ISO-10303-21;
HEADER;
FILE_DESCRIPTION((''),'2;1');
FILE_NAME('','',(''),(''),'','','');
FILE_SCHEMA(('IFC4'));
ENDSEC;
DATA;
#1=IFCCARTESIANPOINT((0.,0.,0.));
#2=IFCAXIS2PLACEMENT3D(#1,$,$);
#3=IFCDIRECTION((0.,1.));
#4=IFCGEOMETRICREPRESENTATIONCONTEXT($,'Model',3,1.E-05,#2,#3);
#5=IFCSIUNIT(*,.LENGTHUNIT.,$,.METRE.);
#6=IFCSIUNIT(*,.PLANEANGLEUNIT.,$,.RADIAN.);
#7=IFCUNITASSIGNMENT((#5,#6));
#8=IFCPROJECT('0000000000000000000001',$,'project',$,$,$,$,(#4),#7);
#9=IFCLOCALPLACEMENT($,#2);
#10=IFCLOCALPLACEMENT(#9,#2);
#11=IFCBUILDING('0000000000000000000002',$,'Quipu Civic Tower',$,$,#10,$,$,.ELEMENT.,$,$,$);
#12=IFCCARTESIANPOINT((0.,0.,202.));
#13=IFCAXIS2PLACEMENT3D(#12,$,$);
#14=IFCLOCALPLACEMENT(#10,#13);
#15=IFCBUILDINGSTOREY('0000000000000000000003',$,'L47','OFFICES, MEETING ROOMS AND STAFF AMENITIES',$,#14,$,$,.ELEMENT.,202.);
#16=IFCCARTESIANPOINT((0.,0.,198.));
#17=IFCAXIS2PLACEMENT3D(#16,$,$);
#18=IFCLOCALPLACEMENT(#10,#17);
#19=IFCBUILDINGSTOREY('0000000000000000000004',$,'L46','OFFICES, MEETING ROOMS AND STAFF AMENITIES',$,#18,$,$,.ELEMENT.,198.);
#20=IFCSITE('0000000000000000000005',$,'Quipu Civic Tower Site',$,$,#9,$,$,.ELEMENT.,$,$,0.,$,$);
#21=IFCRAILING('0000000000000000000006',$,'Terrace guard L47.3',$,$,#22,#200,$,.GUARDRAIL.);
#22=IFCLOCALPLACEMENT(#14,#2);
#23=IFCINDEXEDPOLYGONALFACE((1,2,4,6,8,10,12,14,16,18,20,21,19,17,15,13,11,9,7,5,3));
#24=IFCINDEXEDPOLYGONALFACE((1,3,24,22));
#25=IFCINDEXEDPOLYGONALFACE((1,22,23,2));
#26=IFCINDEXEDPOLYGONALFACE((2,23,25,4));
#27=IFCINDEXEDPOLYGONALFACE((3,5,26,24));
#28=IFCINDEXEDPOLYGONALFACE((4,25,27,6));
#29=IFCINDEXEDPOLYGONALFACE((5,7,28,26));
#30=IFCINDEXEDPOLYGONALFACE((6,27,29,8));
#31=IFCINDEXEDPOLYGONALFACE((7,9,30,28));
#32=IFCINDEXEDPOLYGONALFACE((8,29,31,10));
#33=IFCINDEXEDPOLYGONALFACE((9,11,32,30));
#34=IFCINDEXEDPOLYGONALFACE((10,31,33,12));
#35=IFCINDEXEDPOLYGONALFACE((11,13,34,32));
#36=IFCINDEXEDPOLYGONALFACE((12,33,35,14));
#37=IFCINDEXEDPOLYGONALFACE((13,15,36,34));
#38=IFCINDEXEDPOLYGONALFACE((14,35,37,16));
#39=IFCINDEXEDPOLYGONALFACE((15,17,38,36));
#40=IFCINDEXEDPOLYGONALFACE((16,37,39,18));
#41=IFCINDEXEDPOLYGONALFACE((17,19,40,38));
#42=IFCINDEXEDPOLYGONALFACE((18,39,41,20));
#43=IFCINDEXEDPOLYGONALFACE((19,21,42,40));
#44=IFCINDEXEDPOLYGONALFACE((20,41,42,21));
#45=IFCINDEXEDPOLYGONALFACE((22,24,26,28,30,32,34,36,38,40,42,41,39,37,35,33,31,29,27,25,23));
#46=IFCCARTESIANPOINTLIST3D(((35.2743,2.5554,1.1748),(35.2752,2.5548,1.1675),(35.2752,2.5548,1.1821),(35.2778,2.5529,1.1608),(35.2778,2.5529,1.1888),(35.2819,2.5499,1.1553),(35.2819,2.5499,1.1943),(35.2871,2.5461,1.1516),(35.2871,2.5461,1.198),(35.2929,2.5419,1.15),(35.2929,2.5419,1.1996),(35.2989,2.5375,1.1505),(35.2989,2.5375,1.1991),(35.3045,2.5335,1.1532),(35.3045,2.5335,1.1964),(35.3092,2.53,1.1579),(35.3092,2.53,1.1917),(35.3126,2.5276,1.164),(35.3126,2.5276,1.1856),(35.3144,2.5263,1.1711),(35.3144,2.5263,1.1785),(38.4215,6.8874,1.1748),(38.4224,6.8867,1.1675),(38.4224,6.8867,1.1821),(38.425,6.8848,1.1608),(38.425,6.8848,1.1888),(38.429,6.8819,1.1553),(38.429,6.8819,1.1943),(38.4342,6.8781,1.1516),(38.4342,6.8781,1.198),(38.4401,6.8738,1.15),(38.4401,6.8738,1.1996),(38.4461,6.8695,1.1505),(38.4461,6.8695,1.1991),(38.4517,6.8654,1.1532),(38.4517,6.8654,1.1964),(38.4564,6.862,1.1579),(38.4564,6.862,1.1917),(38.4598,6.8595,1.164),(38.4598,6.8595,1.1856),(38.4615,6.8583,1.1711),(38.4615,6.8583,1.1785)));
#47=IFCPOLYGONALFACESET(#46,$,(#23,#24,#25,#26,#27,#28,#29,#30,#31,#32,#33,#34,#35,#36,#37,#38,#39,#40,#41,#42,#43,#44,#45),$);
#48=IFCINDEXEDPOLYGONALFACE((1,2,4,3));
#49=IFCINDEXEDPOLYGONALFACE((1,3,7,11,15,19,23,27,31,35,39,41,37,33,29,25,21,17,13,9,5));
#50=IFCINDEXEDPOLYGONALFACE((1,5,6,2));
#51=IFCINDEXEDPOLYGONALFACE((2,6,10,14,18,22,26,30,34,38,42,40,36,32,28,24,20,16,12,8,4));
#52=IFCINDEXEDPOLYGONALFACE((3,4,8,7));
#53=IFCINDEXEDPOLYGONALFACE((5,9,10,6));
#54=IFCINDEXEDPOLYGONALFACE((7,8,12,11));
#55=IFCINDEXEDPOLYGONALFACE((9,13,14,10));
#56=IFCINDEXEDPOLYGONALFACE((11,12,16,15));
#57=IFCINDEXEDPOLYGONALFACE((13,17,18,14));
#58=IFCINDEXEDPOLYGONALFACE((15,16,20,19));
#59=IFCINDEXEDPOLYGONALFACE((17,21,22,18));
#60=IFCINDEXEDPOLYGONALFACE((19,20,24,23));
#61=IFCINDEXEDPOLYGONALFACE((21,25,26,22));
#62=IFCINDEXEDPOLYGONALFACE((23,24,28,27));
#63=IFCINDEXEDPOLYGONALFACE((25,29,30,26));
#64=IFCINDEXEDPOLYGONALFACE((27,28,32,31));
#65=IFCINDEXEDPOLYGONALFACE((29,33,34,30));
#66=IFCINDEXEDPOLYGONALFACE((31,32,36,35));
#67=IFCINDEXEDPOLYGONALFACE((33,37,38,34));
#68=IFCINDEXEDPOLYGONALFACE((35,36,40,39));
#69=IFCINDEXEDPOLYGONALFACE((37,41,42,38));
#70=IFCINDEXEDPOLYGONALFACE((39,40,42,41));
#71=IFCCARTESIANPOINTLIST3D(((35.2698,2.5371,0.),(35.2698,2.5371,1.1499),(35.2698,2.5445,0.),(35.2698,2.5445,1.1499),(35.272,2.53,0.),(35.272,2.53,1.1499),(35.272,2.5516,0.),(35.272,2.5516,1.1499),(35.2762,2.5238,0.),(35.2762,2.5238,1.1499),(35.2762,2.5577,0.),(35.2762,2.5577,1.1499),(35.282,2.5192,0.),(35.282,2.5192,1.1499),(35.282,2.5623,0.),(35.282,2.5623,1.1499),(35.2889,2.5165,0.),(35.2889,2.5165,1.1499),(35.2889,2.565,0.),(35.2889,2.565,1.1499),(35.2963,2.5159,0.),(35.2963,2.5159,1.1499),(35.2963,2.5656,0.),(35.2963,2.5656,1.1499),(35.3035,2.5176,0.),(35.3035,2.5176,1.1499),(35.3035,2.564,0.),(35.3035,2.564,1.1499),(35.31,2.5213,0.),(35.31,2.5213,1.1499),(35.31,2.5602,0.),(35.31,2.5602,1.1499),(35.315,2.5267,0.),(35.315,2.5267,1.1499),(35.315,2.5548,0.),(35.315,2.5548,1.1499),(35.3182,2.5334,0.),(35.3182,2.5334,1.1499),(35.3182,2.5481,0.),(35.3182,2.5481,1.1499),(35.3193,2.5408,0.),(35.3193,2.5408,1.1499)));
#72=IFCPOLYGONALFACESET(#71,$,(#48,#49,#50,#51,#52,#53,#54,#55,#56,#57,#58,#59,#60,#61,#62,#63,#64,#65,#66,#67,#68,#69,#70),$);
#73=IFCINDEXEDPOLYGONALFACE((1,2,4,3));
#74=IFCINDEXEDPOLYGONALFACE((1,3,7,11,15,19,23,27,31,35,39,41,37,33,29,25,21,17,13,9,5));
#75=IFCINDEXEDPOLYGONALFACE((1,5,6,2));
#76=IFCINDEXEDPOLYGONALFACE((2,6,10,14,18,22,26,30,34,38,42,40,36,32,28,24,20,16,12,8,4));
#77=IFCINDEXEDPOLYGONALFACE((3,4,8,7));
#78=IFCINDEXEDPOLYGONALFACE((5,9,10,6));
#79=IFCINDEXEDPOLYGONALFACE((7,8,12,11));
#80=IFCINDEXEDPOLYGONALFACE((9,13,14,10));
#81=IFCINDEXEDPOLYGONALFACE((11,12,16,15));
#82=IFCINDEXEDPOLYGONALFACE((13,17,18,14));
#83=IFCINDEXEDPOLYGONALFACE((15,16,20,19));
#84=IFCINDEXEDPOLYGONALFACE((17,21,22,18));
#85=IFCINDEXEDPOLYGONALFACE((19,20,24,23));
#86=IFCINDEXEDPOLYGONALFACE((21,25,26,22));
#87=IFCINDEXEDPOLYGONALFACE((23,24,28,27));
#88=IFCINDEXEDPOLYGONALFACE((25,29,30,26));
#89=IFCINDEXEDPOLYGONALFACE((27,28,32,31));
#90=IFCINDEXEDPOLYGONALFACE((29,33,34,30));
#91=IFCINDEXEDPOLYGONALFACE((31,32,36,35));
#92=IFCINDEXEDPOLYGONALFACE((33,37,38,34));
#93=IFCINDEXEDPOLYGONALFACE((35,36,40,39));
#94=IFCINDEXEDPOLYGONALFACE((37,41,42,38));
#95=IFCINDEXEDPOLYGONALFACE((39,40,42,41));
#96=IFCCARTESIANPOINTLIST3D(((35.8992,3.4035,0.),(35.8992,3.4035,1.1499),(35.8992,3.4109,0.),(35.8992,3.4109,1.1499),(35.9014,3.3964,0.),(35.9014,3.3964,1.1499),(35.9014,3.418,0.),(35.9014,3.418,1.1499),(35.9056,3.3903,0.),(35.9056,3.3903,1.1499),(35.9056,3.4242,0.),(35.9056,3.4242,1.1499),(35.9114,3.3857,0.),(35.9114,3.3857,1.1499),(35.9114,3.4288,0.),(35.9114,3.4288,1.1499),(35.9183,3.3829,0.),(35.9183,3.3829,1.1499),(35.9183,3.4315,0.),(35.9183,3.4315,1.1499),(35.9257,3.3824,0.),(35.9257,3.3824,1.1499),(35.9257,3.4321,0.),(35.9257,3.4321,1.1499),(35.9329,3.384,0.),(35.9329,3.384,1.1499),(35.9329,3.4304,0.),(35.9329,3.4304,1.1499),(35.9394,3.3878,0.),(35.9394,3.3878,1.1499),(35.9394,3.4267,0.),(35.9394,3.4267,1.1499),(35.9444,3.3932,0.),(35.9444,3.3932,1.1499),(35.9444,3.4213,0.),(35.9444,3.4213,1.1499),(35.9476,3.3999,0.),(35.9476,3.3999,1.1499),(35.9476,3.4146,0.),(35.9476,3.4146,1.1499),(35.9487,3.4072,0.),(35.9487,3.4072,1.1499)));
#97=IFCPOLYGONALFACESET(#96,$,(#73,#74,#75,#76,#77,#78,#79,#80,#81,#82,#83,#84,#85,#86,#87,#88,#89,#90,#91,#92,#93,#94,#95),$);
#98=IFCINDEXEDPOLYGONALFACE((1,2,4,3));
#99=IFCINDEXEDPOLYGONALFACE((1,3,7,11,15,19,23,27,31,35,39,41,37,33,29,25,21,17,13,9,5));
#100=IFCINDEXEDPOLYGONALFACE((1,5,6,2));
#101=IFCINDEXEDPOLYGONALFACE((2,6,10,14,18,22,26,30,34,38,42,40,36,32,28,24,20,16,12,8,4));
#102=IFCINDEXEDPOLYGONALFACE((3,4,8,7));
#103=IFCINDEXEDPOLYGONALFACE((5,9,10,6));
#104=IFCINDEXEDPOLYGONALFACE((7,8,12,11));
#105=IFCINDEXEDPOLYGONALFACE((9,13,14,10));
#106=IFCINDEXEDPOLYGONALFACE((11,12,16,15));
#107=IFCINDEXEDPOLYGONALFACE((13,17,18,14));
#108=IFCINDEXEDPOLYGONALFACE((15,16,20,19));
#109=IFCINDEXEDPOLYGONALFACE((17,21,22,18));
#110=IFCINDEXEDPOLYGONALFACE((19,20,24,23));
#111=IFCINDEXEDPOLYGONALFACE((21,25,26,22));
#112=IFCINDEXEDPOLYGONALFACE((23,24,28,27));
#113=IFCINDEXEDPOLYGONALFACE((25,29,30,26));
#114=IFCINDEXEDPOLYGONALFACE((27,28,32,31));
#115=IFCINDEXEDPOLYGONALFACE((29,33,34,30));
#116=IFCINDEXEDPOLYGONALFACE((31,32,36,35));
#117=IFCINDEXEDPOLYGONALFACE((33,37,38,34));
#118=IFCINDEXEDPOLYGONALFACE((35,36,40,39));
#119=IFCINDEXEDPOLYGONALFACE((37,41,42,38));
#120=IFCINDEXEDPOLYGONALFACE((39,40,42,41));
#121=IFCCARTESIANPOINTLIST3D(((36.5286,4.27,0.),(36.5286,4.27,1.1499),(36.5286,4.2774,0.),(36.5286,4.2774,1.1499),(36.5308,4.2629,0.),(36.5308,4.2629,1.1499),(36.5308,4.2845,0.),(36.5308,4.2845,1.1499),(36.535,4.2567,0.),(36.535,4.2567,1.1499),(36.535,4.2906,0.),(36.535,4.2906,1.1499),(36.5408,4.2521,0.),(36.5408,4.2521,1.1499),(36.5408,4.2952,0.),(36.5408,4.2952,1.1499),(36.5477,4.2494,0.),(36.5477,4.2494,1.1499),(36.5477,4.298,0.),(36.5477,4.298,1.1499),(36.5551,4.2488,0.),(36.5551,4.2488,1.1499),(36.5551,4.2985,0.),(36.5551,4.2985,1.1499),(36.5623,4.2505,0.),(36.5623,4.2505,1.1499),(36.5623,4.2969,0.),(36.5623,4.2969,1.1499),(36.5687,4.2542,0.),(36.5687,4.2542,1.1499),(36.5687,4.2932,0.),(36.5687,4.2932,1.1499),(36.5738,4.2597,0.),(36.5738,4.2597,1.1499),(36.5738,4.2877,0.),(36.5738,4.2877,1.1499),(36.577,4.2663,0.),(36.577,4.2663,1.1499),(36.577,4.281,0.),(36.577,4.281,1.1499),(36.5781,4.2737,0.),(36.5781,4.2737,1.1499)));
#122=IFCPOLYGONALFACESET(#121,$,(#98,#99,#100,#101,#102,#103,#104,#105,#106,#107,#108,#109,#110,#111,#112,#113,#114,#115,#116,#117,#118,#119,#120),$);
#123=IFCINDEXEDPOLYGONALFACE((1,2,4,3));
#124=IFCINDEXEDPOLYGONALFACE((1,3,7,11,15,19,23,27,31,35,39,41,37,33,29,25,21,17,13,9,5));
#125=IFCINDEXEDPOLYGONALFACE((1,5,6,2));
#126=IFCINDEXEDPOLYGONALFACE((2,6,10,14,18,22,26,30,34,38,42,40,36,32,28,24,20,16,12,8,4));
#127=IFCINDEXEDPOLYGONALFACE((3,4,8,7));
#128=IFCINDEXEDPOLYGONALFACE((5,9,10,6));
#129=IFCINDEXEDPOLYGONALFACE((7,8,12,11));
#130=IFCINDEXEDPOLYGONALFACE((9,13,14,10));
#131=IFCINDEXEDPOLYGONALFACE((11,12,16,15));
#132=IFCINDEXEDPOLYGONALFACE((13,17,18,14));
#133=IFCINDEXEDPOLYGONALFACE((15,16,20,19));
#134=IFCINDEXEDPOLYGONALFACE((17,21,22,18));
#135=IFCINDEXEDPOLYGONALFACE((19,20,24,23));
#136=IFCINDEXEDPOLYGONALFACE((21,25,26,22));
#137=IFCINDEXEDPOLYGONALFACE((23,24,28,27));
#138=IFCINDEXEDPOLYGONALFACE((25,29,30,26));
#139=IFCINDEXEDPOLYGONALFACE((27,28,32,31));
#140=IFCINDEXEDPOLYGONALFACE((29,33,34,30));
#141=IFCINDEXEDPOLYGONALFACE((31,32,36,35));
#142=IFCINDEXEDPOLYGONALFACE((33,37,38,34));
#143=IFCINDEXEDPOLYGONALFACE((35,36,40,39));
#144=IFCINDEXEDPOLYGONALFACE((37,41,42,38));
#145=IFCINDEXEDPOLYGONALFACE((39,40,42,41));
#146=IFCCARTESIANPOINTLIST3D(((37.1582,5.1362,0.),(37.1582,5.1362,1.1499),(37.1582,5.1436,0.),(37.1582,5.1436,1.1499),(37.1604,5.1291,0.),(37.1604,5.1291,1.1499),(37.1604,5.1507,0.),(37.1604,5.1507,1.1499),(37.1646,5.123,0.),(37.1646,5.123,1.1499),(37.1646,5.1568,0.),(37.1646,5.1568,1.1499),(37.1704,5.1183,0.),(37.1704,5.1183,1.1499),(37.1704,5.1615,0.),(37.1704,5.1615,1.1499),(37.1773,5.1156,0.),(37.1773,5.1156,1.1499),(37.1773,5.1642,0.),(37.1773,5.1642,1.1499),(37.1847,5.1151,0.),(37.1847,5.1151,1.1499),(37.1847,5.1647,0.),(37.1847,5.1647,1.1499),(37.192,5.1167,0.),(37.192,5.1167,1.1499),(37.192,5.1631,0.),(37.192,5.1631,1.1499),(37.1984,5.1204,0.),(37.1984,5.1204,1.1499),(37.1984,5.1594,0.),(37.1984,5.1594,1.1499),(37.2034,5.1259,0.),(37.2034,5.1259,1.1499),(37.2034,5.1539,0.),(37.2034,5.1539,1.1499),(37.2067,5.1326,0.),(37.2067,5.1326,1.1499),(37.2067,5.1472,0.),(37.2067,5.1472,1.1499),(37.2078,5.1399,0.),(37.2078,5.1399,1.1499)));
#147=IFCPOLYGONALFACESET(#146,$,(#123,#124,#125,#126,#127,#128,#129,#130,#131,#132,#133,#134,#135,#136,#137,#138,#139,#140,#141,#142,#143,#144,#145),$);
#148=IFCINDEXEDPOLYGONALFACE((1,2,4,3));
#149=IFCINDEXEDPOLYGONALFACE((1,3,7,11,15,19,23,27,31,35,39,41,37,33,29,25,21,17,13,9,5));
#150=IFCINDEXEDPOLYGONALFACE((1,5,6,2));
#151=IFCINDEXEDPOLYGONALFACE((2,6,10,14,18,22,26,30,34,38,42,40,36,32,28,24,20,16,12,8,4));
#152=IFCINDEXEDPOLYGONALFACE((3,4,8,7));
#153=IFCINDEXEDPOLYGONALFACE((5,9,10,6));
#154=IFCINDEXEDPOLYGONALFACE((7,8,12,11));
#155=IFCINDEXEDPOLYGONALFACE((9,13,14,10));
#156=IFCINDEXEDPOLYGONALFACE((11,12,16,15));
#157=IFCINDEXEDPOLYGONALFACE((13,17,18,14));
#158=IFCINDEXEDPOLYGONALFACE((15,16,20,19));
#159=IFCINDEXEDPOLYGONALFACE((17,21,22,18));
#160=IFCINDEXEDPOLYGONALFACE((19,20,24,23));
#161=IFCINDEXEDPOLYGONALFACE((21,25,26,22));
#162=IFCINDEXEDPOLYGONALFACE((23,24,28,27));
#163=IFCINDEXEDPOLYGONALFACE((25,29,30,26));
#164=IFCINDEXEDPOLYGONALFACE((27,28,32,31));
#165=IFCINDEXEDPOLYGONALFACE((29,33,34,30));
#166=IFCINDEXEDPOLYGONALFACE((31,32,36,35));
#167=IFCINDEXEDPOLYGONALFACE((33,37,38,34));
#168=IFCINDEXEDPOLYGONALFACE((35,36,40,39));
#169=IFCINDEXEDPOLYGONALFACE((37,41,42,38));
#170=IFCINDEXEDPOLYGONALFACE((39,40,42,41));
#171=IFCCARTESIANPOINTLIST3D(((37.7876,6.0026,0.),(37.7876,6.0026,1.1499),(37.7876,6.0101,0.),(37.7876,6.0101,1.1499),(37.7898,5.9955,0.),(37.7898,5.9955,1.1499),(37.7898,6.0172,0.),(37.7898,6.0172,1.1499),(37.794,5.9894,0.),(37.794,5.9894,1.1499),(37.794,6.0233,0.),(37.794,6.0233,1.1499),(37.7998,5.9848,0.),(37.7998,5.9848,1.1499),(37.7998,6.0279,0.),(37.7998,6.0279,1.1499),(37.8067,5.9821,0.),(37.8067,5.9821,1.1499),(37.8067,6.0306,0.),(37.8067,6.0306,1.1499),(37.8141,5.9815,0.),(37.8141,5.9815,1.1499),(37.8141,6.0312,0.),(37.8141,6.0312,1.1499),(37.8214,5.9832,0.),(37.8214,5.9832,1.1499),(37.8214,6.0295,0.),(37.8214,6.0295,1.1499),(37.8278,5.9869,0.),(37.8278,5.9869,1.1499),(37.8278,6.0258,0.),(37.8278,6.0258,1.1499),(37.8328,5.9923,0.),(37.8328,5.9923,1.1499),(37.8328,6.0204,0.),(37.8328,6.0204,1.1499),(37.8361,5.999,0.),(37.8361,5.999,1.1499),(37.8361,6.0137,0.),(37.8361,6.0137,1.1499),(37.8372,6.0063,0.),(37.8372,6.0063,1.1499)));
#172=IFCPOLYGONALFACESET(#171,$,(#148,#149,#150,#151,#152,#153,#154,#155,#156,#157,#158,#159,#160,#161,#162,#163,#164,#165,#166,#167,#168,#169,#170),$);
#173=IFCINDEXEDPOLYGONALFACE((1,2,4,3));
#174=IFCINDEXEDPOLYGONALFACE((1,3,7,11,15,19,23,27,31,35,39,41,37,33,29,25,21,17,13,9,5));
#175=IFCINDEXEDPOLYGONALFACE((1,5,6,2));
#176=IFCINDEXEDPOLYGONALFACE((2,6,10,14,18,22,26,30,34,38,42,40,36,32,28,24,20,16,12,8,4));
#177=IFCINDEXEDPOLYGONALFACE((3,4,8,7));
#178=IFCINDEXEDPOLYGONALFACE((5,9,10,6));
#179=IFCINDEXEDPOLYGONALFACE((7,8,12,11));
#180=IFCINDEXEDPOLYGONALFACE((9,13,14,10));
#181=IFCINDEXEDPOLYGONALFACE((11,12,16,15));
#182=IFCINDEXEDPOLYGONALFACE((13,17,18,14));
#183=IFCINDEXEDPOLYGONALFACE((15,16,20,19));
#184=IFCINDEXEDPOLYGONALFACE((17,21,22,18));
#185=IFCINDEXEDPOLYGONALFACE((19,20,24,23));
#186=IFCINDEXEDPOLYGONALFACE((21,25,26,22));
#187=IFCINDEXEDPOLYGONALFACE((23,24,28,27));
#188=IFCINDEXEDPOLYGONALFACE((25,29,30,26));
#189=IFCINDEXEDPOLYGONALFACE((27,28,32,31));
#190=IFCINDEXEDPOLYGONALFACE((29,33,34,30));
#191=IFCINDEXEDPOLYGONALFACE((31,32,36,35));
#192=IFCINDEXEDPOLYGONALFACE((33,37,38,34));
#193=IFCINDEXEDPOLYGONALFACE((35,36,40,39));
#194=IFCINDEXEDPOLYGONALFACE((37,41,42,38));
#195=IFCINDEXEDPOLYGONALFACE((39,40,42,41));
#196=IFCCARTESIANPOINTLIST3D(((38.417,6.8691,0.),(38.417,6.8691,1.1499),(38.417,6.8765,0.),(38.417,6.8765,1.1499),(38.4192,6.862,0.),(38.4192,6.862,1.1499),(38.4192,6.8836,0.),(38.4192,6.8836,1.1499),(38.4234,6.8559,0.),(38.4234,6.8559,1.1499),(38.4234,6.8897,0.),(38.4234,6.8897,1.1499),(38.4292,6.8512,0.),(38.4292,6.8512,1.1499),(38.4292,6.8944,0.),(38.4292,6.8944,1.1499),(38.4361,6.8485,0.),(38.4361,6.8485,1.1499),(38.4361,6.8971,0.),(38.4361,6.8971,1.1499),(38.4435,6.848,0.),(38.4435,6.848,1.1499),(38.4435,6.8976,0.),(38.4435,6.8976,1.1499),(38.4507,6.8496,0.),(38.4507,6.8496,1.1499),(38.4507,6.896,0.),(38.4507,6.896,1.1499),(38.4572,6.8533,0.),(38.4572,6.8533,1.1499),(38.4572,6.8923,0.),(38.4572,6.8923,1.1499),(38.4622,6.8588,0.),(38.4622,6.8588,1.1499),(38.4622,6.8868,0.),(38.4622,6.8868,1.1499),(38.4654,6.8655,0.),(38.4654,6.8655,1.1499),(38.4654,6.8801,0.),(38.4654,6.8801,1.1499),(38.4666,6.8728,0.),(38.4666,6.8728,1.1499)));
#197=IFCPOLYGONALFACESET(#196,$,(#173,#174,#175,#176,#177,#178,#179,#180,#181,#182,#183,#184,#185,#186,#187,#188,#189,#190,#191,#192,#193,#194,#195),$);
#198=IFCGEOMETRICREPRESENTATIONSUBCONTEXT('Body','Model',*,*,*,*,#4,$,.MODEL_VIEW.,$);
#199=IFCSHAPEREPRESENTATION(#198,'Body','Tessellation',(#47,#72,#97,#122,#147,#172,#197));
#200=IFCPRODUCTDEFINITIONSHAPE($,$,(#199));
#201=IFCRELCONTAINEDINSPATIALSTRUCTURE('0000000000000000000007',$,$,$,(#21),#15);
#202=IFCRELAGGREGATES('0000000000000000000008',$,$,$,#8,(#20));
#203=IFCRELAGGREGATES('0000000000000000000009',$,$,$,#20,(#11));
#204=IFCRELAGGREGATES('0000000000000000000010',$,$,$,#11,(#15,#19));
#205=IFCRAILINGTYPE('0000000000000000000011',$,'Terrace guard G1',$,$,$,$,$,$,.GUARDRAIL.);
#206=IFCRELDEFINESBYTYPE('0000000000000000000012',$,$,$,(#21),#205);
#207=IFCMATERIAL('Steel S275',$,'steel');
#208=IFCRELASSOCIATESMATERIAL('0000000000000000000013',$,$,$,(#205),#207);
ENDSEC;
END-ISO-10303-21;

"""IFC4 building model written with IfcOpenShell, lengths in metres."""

from ifc_helpers import new_model, si_unit, direction, frame, origin, origin_2d, place, context, subcontext, project, spatial, circle, extrude, material, type_object, element, save


model = new_model("IFC4")

# Units and contexts
model_context = context("Model", 3, precision=1e-05, world=origin(), true_north=direction((0.0, 1.0)))
body_context = subcontext(model_context, "Body", "Model", "MODEL_VIEW")
ifc_project = project(units=[si_unit("LENGTHUNIT", "METRE"), si_unit("PLANEANGLEUNIT", "RADIAN")], contexts=[model_context])

# Site, building, storey
site_placement = place(None, origin())
site = spatial("IfcSite", under=ifc_project, at=site_placement, Name="Quipu Civic Tower Site", CompositionType="ELEMENT", RefElevation=0.0)
building_placement = place(site_placement, origin())
building = spatial("IfcBuilding", under=site, at=building_placement, Name="Quipu Civic Tower", CompositionType="ELEMENT")
storey_1_placement = place(building_placement, frame((0.0, 0.0, 202.0)))
storey_1 = spatial("IfcBuildingStorey", under=building, at=storey_1_placement, Name="L47", Description="OFFICES, MEETING ROOMS AND STAFF AMENITIES", CompositionType="ELEMENT", Elevation=202.0)

# Shared definitions
storey_2_placement = place(building_placement, frame((0.0, 0.0, 198.0)))
storey_2 = spatial("IfcBuildingStorey", under=building, at=storey_2_placement, Name="L46", Description="OFFICES, MEETING ROOMS AND STAFF AMENITIES", CompositionType="ELEMENT", Elevation=198.0)

# Railing
ifc_material_1 = material(Name="Steel S275", Category="steel")
railing_type = type_object("IfcRailingType", Name="Terrace guard G1", PredefinedType="GUARDRAIL", material=ifc_material_1)
railing_1_placement = place(storey_1_placement, frame((35.2944, 2.5408, 0.0)))
element("IfcRailing", 1, at=railing_1_placement, inside=storey_1, type_object=railing_type, Name="Terrace guard L47.3", PredefinedType="GUARDRAIL", context=body_context, shape_type="SweptSolid", body=[
    extrude(circle(Radius=0.0249, at=origin_2d()), frame((0.0, 0.0, 1.1748), z_axis=(0.587762, 0.809034, 0.0), x_axis=(-0.809034, 0.587762, 0.0)), (0.0, 0.0, 1.0), 5.3545),
    extrude(circle(Radius=0.0249, at=origin_2d()), origin(), (0.0, 0.0, 1.0), 1.1499),
    extrude(circle(Radius=0.0249, at=origin_2d()), frame((0.6294, 0.8665, 0.0)), (0.0, 0.0, 1.0), 1.1499),
    extrude(circle(Radius=0.0249, at=origin_2d()), frame((1.2588, 1.7329, 0.0)), (0.0, 0.0, 1.0), 1.1499),
    extrude(circle(Radius=0.0249, at=origin_2d()), frame((1.8884, 2.5991, 0.0)), (0.0, 0.0, 1.0), 1.1499),
    extrude(circle(Radius=0.0249, at=origin_2d()), frame((2.5178, 3.4656, 0.0)), (0.0, 0.0, 1.0), 1.1499),
    extrude(circle(Radius=0.0249, at=origin_2d()), frame((3.1472, 4.332, 0.0)), (0.0, 0.0, 1.0), 1.1499),
])

save(model, "model.ifc")
